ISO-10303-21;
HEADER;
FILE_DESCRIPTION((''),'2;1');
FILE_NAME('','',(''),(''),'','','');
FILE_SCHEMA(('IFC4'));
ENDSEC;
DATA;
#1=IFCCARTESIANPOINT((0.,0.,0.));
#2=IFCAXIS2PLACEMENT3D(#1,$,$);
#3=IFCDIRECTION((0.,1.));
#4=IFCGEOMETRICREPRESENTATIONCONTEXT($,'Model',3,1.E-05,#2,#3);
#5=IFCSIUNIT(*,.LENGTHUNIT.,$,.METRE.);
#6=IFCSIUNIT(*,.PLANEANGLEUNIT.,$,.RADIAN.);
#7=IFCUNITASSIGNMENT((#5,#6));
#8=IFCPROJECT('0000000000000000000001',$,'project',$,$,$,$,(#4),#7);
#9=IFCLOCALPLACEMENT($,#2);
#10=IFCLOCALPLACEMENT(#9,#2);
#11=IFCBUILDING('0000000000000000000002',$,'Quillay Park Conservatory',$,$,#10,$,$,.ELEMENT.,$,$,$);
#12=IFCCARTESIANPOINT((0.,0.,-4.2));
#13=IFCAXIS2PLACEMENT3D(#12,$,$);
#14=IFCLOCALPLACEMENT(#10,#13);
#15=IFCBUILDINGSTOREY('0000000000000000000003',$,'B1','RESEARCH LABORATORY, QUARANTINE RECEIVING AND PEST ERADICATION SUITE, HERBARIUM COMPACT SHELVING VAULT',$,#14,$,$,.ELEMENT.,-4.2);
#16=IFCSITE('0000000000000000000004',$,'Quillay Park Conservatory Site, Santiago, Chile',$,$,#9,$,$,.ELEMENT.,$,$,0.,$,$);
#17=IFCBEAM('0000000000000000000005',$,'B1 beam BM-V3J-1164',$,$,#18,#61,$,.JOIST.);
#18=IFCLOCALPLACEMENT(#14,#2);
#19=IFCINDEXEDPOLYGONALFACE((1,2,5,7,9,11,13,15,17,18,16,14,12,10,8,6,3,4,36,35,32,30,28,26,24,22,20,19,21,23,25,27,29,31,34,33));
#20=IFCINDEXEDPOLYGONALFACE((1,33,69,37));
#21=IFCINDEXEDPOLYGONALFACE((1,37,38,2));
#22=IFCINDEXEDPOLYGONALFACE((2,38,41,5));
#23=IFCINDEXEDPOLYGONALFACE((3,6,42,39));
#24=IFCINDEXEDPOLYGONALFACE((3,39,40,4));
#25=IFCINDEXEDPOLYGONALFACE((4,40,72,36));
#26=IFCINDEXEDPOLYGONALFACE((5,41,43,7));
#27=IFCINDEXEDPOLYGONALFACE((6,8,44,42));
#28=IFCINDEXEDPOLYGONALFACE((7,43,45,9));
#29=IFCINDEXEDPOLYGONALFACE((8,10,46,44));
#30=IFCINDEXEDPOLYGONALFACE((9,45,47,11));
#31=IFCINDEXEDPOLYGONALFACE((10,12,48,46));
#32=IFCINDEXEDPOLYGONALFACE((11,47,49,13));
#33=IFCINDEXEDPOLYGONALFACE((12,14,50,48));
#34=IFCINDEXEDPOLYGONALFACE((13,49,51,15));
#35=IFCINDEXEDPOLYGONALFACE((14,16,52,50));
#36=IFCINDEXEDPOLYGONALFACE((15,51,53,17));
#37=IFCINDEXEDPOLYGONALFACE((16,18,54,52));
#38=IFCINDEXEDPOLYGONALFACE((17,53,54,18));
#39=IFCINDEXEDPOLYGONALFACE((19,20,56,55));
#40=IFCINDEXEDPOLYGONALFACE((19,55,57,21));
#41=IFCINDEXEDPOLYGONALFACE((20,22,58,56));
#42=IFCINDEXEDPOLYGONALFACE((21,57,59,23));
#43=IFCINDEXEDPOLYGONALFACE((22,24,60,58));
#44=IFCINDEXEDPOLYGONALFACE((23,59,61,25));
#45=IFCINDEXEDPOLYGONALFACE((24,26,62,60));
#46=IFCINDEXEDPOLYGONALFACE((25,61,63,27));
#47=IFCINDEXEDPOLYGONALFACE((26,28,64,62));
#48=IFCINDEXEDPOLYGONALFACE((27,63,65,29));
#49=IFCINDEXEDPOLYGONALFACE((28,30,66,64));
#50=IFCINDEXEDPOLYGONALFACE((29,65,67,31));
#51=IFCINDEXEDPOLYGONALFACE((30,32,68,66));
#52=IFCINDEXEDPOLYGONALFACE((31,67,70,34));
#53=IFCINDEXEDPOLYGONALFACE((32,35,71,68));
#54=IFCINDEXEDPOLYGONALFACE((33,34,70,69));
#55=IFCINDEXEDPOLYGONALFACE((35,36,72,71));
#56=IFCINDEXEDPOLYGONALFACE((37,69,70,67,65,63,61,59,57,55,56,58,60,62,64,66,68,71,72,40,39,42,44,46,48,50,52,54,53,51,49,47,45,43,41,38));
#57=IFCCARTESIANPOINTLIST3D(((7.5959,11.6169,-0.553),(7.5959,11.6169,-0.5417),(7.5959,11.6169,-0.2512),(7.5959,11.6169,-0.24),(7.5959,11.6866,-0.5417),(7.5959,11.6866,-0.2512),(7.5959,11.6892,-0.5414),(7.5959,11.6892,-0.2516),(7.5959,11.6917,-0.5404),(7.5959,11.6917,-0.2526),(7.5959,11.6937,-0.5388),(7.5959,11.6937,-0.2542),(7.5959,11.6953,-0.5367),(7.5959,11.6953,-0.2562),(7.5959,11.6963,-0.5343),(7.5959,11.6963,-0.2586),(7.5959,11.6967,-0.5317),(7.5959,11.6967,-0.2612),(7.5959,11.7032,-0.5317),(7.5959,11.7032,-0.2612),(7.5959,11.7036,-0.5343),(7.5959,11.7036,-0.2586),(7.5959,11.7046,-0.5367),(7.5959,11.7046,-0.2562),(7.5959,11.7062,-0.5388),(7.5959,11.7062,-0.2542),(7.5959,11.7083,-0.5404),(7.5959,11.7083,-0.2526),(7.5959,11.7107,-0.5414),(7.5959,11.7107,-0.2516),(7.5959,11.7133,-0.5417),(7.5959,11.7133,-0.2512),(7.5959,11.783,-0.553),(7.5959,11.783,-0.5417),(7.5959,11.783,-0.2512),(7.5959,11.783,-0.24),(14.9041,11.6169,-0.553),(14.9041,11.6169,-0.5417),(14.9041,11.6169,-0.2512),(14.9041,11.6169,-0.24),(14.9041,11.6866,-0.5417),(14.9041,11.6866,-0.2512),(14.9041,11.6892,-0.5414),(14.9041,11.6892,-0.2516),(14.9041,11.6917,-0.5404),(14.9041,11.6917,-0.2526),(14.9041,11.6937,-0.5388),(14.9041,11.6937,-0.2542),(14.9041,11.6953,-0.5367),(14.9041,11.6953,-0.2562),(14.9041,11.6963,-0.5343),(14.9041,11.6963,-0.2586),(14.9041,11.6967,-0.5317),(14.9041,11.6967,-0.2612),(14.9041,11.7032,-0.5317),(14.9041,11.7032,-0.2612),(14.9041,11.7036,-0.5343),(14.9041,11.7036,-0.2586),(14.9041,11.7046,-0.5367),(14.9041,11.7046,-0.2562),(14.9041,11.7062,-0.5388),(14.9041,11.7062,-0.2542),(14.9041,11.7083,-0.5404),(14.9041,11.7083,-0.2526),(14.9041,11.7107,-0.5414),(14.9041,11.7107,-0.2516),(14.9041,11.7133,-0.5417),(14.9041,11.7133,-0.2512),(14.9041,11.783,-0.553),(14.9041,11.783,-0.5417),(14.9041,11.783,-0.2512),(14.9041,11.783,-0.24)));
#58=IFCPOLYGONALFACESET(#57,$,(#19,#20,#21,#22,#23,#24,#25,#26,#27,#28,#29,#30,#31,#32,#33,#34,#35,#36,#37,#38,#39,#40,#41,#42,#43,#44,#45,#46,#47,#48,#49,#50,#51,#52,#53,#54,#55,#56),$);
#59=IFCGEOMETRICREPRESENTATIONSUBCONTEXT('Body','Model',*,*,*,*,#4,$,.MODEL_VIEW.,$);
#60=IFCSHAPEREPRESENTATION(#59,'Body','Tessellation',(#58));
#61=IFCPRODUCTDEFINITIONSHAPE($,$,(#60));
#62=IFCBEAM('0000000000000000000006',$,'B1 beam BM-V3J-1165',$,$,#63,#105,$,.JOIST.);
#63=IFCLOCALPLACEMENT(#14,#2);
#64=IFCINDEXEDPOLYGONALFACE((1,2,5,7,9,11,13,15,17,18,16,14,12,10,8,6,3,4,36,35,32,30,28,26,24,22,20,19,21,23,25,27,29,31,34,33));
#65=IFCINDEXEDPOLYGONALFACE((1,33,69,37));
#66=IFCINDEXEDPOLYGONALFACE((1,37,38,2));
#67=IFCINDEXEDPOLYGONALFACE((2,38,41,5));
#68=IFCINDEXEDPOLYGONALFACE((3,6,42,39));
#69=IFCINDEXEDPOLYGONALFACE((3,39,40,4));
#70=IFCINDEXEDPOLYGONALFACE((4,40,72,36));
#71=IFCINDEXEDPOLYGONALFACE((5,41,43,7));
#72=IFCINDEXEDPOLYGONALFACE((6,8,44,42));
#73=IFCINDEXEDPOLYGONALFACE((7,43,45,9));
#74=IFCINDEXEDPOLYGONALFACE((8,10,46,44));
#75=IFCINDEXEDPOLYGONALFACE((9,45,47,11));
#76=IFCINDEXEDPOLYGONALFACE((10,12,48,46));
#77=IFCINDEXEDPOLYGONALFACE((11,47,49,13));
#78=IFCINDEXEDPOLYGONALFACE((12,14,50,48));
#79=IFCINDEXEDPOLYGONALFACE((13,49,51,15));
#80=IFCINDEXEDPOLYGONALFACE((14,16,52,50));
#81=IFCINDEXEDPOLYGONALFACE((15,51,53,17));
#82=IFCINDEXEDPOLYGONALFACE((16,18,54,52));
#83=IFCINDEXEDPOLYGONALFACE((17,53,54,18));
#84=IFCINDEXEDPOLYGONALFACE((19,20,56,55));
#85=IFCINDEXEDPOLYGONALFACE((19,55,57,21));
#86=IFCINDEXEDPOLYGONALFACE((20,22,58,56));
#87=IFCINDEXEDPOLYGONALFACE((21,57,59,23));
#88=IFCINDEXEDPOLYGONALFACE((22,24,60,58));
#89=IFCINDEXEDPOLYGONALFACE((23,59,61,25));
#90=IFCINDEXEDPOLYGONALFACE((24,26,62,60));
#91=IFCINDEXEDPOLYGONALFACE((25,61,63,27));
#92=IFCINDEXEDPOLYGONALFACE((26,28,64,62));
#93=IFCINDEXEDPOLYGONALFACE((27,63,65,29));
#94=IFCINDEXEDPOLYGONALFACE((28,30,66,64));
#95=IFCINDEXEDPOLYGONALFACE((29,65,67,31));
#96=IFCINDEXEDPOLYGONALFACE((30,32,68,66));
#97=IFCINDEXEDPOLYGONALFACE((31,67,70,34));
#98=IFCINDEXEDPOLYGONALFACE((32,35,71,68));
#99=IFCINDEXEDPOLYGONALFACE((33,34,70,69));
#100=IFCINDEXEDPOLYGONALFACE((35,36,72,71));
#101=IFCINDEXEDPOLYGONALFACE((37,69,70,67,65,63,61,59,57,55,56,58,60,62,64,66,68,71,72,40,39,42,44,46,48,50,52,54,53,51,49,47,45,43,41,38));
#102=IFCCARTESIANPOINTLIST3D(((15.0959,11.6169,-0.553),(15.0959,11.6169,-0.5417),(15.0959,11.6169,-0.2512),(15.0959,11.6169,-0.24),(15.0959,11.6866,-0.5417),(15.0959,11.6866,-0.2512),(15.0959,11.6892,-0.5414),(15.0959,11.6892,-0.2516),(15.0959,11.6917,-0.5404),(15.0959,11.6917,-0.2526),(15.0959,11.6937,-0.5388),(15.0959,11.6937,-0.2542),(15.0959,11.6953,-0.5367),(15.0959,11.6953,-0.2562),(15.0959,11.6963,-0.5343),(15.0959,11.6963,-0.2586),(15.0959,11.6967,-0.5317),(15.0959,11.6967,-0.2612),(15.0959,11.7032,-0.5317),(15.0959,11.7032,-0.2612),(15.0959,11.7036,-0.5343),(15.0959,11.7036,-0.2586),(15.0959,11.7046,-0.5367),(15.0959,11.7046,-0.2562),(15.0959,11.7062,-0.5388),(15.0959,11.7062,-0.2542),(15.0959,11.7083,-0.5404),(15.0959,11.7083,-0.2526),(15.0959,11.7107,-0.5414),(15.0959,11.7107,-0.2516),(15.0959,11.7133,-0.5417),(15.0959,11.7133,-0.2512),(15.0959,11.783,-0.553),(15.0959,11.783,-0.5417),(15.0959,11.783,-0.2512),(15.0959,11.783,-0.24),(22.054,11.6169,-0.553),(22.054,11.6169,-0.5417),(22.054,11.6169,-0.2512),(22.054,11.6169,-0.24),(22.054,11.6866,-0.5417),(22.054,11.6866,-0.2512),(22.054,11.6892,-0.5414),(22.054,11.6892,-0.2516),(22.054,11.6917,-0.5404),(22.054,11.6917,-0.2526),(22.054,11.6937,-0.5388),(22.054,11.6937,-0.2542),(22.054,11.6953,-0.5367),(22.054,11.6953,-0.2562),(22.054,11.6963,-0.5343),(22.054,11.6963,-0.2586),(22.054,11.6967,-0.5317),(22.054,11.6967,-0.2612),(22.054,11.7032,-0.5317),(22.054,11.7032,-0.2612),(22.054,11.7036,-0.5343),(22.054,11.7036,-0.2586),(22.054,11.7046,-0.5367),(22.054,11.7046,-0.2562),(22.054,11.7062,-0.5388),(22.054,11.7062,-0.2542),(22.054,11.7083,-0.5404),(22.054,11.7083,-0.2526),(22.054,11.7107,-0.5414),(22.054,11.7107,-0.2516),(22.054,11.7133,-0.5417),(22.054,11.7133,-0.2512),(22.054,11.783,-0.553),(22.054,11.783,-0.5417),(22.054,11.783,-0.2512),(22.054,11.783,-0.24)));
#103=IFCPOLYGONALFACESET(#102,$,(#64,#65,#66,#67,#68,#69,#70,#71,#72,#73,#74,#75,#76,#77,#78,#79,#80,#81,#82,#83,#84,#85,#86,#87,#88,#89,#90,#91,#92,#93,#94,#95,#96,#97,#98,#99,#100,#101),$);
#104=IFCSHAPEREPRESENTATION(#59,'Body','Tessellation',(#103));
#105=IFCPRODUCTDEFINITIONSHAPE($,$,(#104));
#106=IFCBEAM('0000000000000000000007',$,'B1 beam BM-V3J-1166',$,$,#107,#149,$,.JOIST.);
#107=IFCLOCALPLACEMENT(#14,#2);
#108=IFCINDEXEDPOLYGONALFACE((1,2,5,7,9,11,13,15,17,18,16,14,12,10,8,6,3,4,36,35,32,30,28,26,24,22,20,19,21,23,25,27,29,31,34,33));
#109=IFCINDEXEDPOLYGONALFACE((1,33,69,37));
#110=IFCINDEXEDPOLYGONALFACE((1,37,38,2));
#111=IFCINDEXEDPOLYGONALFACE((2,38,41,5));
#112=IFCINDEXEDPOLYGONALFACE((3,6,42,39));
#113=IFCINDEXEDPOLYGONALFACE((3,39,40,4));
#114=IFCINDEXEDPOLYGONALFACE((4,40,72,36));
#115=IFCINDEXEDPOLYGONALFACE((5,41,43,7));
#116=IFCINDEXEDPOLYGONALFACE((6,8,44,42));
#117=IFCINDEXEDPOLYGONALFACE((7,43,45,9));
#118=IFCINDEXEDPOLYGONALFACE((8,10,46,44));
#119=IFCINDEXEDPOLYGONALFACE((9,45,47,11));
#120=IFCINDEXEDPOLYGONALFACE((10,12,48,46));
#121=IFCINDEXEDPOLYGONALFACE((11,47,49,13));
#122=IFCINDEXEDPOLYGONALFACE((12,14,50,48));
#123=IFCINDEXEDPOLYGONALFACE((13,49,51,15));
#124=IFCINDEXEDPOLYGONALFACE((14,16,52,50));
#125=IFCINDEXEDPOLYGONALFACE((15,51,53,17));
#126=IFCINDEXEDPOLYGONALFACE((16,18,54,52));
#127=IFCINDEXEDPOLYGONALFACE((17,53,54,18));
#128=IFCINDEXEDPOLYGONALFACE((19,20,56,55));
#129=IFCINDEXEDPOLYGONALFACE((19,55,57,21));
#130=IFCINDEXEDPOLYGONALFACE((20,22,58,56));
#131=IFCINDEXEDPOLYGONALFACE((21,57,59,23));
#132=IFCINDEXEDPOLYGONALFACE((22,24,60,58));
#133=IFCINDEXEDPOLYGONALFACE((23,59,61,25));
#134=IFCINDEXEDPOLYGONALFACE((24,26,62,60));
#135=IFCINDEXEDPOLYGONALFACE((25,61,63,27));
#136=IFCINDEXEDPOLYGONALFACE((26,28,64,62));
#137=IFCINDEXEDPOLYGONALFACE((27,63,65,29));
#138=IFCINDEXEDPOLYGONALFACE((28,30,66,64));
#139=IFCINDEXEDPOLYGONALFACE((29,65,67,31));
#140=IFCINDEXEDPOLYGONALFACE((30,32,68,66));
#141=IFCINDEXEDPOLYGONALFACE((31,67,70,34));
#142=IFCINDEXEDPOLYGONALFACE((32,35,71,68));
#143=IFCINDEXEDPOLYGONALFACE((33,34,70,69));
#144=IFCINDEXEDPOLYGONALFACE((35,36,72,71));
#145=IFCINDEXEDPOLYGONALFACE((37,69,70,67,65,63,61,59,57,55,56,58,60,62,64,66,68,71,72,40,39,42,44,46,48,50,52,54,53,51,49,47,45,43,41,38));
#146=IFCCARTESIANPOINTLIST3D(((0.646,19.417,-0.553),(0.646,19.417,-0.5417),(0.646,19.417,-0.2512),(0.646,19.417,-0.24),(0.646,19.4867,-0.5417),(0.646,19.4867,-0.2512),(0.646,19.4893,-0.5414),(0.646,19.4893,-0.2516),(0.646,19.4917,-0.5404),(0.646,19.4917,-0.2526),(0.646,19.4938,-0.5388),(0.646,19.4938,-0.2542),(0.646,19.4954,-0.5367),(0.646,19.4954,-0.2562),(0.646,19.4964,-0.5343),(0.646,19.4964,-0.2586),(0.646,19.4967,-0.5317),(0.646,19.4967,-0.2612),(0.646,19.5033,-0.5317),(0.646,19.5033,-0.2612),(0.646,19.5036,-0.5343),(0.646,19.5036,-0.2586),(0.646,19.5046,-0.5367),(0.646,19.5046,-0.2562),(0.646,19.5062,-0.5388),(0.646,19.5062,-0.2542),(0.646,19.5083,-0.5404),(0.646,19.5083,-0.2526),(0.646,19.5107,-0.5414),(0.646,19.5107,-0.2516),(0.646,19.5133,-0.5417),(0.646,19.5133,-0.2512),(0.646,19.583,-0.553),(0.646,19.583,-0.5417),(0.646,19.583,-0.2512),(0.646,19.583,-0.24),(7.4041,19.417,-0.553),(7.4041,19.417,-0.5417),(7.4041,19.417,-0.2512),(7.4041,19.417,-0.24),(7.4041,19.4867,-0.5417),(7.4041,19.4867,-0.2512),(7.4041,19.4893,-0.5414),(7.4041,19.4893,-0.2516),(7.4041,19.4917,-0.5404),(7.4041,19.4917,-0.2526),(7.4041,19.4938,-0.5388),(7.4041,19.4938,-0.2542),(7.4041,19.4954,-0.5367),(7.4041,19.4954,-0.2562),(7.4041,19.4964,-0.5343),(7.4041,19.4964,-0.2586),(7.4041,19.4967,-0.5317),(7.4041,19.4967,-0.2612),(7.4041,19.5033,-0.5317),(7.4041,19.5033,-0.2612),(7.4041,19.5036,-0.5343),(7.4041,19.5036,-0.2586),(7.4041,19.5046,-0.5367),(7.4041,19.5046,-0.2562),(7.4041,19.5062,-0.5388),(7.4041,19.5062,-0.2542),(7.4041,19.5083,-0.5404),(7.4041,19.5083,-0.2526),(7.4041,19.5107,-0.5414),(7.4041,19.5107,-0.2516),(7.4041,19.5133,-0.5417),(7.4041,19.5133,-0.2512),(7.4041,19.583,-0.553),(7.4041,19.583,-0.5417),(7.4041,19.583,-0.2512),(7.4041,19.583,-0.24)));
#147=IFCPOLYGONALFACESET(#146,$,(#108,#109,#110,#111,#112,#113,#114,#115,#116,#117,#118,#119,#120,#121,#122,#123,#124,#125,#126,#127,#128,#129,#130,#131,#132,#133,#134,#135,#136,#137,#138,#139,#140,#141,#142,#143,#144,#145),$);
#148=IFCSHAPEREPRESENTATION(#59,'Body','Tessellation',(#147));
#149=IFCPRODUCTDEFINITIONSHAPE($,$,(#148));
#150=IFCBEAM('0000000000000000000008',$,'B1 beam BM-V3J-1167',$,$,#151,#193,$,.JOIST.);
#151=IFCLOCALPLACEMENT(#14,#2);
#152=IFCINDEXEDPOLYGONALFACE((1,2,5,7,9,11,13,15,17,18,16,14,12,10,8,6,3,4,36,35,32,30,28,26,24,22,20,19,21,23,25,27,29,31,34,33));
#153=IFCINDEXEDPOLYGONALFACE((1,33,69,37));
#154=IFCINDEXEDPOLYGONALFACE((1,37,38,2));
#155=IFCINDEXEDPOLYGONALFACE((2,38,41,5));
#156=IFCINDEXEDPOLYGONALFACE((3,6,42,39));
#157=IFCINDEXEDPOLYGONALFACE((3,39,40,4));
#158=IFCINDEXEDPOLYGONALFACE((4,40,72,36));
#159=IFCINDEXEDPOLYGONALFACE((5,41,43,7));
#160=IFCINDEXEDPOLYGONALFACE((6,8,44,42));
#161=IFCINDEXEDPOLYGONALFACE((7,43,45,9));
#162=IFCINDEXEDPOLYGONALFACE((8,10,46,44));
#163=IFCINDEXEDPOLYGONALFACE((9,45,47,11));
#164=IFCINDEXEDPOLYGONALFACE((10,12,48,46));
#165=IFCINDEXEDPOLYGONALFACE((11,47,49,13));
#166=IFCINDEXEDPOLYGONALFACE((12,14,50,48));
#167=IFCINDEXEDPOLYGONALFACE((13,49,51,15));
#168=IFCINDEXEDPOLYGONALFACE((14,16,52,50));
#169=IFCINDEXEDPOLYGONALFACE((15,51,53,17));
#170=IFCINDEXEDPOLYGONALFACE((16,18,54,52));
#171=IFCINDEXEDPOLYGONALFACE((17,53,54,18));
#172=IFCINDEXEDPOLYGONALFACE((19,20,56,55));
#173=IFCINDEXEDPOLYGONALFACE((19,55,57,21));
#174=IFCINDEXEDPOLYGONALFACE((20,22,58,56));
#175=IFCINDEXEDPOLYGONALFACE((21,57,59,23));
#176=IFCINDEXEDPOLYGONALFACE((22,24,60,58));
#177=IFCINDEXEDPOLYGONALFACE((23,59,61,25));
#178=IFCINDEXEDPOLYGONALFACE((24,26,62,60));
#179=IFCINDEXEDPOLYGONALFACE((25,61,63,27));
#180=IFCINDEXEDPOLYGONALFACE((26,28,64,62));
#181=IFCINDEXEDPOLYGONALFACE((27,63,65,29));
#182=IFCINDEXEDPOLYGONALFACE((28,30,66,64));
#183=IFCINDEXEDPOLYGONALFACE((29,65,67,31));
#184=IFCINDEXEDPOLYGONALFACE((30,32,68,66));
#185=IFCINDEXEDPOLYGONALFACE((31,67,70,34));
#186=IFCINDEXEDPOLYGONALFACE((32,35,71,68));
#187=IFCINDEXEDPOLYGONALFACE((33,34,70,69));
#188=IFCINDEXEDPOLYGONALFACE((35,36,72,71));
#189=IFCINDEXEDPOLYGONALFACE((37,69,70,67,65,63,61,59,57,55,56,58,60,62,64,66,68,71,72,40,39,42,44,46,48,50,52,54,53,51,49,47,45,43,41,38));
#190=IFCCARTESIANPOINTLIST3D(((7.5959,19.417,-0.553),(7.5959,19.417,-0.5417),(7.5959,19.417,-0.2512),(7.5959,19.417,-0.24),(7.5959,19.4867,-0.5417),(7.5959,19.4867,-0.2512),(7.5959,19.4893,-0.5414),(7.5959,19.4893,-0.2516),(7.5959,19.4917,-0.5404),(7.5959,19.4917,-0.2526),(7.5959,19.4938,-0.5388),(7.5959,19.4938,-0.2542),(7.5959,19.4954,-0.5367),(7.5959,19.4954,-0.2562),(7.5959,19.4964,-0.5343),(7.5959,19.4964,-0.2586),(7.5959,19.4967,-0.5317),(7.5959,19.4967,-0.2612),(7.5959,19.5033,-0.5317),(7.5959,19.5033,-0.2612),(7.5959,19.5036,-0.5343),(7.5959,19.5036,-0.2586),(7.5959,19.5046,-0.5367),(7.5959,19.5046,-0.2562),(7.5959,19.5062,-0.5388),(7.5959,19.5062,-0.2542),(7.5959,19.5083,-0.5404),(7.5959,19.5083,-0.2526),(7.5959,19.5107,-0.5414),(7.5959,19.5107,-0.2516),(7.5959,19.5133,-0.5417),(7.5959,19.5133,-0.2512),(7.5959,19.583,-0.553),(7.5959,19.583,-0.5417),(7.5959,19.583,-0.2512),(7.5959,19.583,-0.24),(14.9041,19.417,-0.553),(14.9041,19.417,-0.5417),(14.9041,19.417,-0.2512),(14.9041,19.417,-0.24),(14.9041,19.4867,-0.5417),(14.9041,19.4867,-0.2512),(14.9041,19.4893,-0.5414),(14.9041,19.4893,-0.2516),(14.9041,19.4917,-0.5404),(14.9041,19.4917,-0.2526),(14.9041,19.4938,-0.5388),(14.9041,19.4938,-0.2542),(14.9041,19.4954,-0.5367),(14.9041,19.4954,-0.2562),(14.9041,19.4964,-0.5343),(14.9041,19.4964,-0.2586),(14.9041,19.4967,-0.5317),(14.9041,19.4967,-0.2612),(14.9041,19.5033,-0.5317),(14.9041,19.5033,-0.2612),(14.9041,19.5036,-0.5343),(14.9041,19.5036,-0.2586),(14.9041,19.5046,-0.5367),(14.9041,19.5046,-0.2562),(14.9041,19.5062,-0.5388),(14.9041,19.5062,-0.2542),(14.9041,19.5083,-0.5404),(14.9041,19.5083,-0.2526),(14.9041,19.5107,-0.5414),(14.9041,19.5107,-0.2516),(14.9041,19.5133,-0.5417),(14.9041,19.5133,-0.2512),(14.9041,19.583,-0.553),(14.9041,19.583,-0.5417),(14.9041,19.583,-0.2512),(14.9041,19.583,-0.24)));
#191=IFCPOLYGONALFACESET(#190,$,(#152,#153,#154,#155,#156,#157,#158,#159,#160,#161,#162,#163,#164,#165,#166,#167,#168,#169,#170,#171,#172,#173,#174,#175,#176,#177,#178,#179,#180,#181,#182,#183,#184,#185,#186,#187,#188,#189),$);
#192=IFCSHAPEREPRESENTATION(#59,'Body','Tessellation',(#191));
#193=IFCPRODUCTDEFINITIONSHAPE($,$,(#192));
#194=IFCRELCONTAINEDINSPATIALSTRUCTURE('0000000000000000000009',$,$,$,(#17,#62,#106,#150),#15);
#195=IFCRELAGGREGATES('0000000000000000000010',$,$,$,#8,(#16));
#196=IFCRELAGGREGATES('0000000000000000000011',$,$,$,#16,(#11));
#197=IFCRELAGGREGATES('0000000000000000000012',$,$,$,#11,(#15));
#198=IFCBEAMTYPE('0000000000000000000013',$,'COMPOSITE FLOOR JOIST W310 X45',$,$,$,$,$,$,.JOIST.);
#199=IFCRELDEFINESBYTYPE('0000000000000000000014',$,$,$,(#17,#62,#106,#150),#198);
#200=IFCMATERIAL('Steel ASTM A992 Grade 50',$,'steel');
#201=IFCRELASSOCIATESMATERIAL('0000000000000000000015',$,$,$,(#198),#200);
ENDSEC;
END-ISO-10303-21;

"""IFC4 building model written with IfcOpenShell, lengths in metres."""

from ifc_helpers import new_model, si_unit, direction, frame, origin, origin_2d, place, context, subcontext, project, spatial, i_section, extrude, material, material_profile, profile_set, type_object, element, save


model = new_model("IFC4")

# Units and contexts
model_context = context("Model", 3, precision=1e-05, world=origin(), true_north=direction((0.0, 1.0)))
body_context = subcontext(model_context, "Body", "Model", "MODEL_VIEW")
ifc_project = project(units=[si_unit("LENGTHUNIT", "METRE"), si_unit("PLANEANGLEUNIT", "RADIAN")], contexts=[model_context])

# Site, building, storey
site_placement = place(None, origin())
site = spatial("IfcSite", under=ifc_project, at=site_placement, Name="Quillay Park Conservatory Site, Santiago, Chile", CompositionType="ELEMENT", RefElevation=0.0)
building_placement = place(site_placement, origin())
building = spatial("IfcBuilding", under=site, at=building_placement, Name="Quillay Park Conservatory", CompositionType="ELEMENT")
storey_placement = place(building_placement, frame((0.0, 0.0, -4.2)))
storey = spatial("IfcBuildingStorey", under=building, at=storey_placement, Name="B1", Description="RESEARCH LABORATORY, QUARANTINE RECEIVING AND PEST ERADICATION SUITE, HERBARIUM COMPACT SHELVING VAULT", CompositionType="ELEMENT", Elevation=-4.2)

# Beams
ifc_material_1 = material(Name="Steel ASTM A992 Grade 50", Category="steel")
ifc_material_profile_1 = material_profile(ifc_material_1, i_section(OverallWidth=0.166, OverallDepth=0.313, WebThickness=0.0066, FlangeThickness=0.0112, FilletRadius=0.01, at=origin_2d()), Name="W310x45")
ifc_profile_set_1 = profile_set([ifc_material_profile_1], Name="Steel ASTM A992 Grade 50")
beam_type_1 = type_object("IfcBeamType", Name="COMPOSITE FLOOR JOIST W310 X45", PredefinedType="JOIST", material=ifc_profile_set_1)
beam_1_placement = place(storey_placement, frame((7.5959, 11.7, -0.3965), z_axis=(1.0, 0.0, 0.0), x_axis=(0.0, 1.0, 0.0)))
element("IfcBeam", 1, at=beam_1_placement, inside=storey, type_object=beam_type_1, Name="B1 beam BM-V3J-1164", PredefinedType="JOIST", context=body_context, shape_type="SweptSolid", body=[
    extrude(i_section(OverallWidth=0.166, OverallDepth=0.313, WebThickness=0.0066, FlangeThickness=0.0112, FilletRadius=0.01, at=origin_2d()), origin(), (0.0, 0.0, 1.0), 7.3081),
])
beam_2_placement = place(storey_placement, frame((15.0959, 11.7, -0.3965), z_axis=(1.0, 0.0, 0.0), x_axis=(0.0, 1.0, 0.0)))
element("IfcBeam", 2, at=beam_2_placement, inside=storey, type_object=beam_type_1, Name="B1 beam BM-V3J-1165", PredefinedType="JOIST", context=body_context, shape_type="SweptSolid", body=[
    extrude(i_section(OverallWidth=0.166, OverallDepth=0.313, WebThickness=0.0066, FlangeThickness=0.0112, FilletRadius=0.01, at=origin_2d()), origin(), (0.0, 0.0, 1.0), 6.958),
])
beam_3_placement = place(storey_placement, frame((0.646, 19.5, -0.3965), z_axis=(1.0, 0.0, 0.0), x_axis=(0.0, 1.0, 0.0)))
element("IfcBeam", 3, at=beam_3_placement, inside=storey, type_object=beam_type_1, Name="B1 beam BM-V3J-1166", PredefinedType="JOIST", context=body_context, shape_type="SweptSolid", body=[
    extrude(i_section(OverallWidth=0.166, OverallDepth=0.313, WebThickness=0.0066, FlangeThickness=0.0112, FilletRadius=0.01, at=origin_2d()), origin(), (0.0, 0.0, 1.0), 6.7581),
])
beam_4_placement = place(storey_placement, frame((7.5959, 19.5, -0.3965), z_axis=(1.0, 0.0, 0.0), x_axis=(0.0, 1.0, 0.0)))
element("IfcBeam", 4, at=beam_4_placement, inside=storey, type_object=beam_type_1, Name="B1 beam BM-V3J-1167", PredefinedType="JOIST", context=body_context, shape_type="SweptSolid", body=[
    extrude(i_section(OverallWidth=0.166, OverallDepth=0.313, WebThickness=0.0066, FlangeThickness=0.0112, FilletRadius=0.01, at=origin_2d()), origin(), (0.0, 0.0, 1.0), 7.3081),
])

save(model, "model.ifc")
